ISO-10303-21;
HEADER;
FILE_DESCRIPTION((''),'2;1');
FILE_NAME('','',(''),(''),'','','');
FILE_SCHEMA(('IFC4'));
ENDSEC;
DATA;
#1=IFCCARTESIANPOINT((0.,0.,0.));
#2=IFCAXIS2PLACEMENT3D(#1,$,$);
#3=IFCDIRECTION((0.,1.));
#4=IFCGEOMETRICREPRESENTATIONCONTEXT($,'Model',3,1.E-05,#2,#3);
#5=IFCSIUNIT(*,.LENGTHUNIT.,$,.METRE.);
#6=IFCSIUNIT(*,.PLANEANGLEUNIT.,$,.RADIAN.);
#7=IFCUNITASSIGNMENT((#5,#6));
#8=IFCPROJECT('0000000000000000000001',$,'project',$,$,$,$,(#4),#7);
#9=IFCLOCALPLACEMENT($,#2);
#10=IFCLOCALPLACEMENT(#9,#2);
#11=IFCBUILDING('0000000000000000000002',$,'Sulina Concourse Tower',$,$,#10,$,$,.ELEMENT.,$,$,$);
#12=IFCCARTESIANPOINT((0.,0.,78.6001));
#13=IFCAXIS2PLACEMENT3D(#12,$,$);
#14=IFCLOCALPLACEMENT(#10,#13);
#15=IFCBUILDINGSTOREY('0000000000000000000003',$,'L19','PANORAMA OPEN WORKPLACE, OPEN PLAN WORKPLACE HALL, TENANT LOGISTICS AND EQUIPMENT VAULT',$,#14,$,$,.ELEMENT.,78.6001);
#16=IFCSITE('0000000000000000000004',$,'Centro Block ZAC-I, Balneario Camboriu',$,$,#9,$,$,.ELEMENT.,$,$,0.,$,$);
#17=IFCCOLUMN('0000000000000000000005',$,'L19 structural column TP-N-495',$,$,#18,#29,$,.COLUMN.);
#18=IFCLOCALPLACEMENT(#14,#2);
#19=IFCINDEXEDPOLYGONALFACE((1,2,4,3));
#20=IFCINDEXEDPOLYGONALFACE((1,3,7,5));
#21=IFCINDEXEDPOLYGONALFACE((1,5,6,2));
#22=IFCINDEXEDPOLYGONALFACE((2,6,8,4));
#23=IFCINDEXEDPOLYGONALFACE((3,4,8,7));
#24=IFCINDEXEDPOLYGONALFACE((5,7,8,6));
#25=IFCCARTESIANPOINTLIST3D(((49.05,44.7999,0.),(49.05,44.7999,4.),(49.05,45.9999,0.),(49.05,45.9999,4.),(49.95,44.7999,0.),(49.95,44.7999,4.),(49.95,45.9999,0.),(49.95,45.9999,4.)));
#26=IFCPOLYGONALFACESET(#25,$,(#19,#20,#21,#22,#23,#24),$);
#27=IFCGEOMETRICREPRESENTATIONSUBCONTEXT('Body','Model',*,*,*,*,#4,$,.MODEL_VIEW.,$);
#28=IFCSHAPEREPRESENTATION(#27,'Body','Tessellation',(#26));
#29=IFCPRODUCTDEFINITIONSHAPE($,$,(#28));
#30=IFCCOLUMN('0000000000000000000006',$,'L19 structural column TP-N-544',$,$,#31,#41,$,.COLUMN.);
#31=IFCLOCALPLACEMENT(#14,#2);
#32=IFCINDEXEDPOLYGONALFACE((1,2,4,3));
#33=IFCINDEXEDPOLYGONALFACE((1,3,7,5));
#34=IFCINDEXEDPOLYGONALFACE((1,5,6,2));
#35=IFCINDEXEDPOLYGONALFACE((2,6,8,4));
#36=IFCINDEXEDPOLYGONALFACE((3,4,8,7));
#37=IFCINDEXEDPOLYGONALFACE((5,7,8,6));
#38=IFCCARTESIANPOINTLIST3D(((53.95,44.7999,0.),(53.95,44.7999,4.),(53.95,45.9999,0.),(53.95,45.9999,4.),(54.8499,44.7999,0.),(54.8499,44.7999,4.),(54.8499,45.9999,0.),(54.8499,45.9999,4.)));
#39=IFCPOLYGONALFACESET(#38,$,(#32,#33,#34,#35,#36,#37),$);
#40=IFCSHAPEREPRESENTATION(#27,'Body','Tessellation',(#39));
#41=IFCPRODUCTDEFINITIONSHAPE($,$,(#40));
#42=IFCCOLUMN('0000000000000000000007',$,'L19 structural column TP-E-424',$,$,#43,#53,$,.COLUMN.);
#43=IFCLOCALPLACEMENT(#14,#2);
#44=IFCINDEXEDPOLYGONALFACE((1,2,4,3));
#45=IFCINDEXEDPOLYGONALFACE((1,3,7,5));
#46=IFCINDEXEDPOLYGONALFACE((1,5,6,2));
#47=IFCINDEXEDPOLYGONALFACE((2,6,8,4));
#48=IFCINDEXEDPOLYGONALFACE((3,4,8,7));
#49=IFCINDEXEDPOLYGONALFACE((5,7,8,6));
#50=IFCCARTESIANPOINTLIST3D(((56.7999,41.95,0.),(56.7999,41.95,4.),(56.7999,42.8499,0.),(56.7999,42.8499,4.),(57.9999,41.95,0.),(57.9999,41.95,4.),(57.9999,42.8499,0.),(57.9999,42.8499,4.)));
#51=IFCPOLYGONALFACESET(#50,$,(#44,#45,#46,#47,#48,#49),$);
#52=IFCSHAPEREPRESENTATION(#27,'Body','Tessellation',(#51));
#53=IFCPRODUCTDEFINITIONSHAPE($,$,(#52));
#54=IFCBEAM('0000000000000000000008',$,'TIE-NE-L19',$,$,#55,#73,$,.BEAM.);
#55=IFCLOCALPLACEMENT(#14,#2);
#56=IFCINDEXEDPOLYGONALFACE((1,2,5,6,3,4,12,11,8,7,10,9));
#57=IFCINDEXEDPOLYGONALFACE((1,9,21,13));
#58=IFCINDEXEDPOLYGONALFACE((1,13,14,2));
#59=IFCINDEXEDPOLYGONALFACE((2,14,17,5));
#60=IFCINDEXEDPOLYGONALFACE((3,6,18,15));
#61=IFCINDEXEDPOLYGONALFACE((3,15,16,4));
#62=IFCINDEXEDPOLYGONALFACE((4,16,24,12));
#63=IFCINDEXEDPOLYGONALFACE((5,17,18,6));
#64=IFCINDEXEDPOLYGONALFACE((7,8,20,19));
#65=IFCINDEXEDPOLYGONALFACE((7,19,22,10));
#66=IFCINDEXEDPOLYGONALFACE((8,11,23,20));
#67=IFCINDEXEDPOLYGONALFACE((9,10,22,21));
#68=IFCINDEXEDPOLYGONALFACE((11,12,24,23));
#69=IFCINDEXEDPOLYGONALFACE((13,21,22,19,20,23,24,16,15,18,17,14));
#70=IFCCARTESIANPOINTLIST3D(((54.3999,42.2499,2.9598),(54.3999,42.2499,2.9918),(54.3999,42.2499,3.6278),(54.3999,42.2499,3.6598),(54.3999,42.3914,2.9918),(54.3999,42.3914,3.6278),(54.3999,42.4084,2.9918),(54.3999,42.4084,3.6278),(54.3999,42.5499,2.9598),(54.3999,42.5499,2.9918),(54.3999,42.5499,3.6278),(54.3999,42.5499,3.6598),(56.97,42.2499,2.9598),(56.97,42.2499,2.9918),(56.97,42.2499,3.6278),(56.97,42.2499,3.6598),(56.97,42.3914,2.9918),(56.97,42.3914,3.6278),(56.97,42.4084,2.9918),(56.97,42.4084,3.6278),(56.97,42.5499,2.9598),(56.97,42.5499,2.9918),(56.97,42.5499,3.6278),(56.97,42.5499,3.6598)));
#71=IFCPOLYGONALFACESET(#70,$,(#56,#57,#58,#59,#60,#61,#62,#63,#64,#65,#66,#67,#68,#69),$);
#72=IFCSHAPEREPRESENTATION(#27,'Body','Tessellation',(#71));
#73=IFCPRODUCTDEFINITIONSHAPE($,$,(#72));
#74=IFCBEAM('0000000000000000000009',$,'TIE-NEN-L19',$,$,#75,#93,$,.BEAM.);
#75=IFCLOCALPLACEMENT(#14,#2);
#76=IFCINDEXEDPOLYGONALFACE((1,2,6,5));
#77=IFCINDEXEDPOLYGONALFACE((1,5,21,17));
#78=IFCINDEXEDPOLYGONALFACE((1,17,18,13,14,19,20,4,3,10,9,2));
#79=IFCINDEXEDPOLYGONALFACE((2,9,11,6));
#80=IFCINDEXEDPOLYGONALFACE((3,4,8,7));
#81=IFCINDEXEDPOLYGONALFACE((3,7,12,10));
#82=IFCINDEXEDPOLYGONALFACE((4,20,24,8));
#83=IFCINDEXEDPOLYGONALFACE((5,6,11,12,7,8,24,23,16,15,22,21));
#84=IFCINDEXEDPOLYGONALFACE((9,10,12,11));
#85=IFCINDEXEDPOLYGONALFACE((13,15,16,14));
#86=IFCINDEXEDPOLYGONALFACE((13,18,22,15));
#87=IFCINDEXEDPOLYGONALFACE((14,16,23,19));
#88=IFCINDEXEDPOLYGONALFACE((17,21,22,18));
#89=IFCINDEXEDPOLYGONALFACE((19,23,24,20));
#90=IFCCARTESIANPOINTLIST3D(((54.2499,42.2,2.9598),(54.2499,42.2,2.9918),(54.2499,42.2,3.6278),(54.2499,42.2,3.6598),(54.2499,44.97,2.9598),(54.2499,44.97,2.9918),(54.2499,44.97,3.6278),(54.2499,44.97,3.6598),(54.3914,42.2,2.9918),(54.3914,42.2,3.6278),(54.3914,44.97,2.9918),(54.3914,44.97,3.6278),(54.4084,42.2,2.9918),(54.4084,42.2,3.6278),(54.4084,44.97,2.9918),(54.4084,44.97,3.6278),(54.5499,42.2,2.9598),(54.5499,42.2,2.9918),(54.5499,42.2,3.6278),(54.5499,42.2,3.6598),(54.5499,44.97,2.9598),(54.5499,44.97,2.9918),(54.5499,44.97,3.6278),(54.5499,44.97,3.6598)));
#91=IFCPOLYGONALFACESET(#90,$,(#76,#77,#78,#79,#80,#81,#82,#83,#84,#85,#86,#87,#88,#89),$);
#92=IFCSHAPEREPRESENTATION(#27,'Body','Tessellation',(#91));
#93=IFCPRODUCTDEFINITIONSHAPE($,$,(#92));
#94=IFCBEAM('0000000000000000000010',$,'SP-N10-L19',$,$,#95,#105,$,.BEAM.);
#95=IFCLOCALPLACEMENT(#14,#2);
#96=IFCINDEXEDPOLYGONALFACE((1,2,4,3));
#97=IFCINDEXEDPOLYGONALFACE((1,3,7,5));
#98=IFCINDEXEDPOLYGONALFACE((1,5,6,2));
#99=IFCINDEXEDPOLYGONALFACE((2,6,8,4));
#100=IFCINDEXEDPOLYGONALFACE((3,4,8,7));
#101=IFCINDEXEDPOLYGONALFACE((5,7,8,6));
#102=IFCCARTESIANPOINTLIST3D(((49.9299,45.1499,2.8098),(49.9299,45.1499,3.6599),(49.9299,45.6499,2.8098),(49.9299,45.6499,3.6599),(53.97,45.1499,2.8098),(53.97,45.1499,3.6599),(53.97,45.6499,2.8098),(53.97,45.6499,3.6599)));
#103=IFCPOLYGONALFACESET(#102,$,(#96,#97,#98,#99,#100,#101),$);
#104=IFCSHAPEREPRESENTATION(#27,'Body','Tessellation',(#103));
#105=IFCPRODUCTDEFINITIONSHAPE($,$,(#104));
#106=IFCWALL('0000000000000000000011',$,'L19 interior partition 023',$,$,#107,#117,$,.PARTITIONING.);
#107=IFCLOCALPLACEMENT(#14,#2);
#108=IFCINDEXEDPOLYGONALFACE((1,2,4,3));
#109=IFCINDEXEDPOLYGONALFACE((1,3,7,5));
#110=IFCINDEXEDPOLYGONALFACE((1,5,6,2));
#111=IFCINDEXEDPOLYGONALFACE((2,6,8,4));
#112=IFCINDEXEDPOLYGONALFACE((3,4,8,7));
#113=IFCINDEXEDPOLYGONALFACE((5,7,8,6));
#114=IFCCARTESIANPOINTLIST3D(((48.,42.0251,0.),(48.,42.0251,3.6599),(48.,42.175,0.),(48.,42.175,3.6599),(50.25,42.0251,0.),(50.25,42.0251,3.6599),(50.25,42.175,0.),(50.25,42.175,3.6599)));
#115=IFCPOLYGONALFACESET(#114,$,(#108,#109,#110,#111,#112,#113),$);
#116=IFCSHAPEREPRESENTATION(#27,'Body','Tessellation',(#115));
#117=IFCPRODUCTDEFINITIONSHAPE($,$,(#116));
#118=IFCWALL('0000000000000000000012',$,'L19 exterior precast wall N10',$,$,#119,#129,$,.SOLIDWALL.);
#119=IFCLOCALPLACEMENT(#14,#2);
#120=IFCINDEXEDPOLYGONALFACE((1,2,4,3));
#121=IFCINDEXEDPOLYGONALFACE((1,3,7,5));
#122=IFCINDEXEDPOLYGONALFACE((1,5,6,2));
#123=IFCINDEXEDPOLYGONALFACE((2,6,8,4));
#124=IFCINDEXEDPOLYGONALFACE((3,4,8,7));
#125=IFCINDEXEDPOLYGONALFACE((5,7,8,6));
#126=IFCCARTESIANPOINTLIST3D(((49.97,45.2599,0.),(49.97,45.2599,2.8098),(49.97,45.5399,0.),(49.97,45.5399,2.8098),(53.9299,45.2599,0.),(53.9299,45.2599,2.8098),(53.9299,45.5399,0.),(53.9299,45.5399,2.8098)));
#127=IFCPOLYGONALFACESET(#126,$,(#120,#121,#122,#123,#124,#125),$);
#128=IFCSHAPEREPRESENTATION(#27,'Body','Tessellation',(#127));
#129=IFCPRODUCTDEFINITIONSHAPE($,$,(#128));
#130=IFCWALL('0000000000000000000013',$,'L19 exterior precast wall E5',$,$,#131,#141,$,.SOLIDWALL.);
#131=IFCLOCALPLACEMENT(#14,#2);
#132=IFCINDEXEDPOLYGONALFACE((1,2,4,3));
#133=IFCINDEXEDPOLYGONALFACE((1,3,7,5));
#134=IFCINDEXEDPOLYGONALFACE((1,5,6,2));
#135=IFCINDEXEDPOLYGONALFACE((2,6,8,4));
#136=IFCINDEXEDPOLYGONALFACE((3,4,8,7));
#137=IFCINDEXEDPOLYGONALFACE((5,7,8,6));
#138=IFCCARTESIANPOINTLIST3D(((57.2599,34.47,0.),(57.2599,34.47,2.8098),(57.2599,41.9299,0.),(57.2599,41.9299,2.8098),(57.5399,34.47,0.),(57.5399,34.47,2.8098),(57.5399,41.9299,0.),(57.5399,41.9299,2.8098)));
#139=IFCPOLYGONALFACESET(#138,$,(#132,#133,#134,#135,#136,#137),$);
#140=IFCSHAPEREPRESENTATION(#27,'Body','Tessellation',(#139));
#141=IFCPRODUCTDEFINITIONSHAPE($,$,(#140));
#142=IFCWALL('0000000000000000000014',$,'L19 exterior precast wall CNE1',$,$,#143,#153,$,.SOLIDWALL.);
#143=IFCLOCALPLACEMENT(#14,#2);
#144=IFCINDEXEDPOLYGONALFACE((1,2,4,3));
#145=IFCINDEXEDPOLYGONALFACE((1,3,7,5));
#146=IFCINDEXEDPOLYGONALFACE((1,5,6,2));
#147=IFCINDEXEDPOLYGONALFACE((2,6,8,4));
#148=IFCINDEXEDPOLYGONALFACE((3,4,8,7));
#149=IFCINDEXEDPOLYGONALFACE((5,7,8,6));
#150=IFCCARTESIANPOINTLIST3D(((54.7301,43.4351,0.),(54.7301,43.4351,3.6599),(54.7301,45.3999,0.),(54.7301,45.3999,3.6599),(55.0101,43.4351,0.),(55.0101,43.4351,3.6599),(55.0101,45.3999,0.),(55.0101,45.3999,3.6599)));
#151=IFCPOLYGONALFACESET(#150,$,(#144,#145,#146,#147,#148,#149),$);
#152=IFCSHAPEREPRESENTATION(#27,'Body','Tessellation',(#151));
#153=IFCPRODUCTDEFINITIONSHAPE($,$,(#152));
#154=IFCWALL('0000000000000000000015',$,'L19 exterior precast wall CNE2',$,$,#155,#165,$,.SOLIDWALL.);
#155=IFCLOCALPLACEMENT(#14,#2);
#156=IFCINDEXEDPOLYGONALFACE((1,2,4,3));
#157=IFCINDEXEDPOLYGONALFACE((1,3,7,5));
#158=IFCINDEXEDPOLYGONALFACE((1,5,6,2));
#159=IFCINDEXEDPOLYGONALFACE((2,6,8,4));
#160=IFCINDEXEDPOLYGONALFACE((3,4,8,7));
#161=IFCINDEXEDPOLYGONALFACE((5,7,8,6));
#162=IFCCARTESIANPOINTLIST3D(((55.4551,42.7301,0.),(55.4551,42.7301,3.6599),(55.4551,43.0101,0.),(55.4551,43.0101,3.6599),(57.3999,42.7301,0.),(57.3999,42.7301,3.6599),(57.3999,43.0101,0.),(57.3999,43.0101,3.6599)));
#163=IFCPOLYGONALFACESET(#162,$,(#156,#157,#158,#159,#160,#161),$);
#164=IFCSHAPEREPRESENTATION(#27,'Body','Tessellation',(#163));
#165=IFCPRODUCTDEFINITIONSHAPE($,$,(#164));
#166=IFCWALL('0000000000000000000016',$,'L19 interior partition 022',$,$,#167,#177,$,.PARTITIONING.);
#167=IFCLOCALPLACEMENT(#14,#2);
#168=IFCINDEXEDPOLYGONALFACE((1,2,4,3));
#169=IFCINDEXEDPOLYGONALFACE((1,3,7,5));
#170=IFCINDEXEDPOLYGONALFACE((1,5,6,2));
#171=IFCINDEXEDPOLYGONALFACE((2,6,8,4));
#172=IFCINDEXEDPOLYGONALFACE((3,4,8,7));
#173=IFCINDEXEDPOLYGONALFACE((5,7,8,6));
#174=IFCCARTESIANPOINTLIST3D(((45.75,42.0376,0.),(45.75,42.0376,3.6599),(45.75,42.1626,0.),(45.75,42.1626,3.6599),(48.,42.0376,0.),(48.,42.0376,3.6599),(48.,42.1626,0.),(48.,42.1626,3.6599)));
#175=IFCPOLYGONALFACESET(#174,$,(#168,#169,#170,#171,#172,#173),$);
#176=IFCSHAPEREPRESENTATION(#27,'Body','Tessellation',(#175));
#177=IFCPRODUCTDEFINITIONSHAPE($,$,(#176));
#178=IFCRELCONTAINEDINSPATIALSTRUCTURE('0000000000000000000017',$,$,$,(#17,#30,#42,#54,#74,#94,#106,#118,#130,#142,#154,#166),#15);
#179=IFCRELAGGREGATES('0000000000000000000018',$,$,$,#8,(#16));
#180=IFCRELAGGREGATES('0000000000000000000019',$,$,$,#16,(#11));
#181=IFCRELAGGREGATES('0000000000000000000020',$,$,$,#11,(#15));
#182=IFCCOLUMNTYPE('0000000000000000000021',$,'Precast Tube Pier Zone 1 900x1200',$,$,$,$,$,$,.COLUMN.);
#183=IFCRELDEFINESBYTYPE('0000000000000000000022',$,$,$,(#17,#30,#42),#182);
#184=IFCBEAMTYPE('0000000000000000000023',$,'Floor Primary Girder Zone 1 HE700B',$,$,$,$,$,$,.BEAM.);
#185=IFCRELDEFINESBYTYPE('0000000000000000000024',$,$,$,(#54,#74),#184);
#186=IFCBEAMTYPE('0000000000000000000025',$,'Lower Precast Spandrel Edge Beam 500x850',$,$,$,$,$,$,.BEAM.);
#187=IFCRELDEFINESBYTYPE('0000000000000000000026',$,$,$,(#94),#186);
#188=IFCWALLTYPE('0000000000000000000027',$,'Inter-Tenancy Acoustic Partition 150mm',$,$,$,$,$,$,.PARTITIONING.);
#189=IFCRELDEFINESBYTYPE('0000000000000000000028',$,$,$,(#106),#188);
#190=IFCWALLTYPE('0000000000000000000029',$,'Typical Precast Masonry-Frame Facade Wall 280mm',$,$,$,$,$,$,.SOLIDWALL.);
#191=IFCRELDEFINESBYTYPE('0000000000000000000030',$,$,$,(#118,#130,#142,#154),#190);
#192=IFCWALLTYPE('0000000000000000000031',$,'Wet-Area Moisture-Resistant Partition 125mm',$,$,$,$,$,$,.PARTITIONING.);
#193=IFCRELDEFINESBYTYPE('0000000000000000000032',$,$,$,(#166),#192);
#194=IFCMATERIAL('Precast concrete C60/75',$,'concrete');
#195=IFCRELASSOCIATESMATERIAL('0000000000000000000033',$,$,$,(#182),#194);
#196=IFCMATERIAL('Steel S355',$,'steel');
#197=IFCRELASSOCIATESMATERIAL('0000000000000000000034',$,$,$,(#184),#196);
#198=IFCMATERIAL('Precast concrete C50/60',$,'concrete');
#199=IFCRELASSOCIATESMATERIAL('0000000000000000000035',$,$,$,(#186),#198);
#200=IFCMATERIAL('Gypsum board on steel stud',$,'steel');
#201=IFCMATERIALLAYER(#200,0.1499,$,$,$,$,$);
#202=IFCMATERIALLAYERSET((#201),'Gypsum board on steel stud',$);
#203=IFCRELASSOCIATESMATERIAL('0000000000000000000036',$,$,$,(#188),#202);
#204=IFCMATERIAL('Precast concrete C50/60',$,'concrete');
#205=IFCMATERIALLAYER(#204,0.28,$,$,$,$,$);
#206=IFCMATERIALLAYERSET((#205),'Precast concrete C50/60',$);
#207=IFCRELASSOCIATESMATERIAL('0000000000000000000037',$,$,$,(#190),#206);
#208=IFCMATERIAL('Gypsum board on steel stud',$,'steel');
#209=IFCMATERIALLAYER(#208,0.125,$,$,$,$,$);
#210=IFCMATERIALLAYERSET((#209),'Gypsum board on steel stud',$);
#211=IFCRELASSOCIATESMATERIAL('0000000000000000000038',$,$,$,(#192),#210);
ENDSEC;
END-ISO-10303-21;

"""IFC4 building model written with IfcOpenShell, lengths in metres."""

from ifc_helpers import new_model, si_unit, direction, frame, frame_2d, origin, origin_2d, place, context, subcontext, project, spatial, rectangle, i_section, extrude, material, layer, layer_set, material_profile, profile_set, type_object, element, save


model = new_model("IFC4")

# Units and contexts
model_context = context("Model", 3, precision=1e-05, world=origin(), true_north=direction((0.0, 1.0)))
body_context = subcontext(model_context, "Body", "Model", "MODEL_VIEW")
ifc_project = project(units=[si_unit("LENGTHUNIT", "METRE"), si_unit("PLANEANGLEUNIT", "RADIAN")], contexts=[model_context])

# Site, building, storey
site_placement = place(None, origin())
site = spatial("IfcSite", under=ifc_project, at=site_placement, Name="Centro Block ZAC-I, Balneario Camboriu", CompositionType="ELEMENT", RefElevation=0.0)
building_placement = place(site_placement, origin())
building = spatial("IfcBuilding", under=site, at=building_placement, Name="Sulina Concourse Tower", CompositionType="ELEMENT")
storey_placement = place(building_placement, frame((0.0, 0.0, 78.6001)))
storey = spatial("IfcBuildingStorey", under=building, at=storey_placement, Name="L19", Description="PANORAMA OPEN WORKPLACE, OPEN PLAN WORKPLACE HALL, TENANT LOGISTICS AND EQUIPMENT VAULT", CompositionType="ELEMENT", Elevation=78.6001)

# Columns
ifc_material_1 = material(Name="Precast concrete C60/75", Category="concrete")
ifc_material_profile_1 = material_profile(ifc_material_1, rectangle(XDim=0.8999, YDim=1.2, at=origin_2d()), Name="PC 900x1200")
ifc_profile_set_1 = profile_set([ifc_material_profile_1], Name="Precast concrete C60/75")
column_type = type_object("IfcColumnType", Name="Precast Tube Pier Zone 1 900x1200", PredefinedType="COLUMN", material=ifc_profile_set_1)
for number, where, z_axis, x_axis, name in (
    (1, (49.5, 45.3999, 0.0), (0.0, 0.0, 1.0), (1.0, 0.0, 0.0), "L19 structural column TP-N-495"),
    (2, (54.3999, 45.3999, 0.0), (0.0, 0.0, 1.0), (1.0, 0.0, 0.0), "L19 structural column TP-N-544"),
    (3, (57.3999, 42.3999, 0.0), (0.0, 0.0, 1.0), (0.0, 1.0, 0.0), "L19 structural column TP-E-424"),
):
    element("IfcColumn", number, at=place(storey_placement, frame(where, z_axis=z_axis, x_axis=x_axis)), inside=storey, type_object=column_type, Name=name, PredefinedType="COLUMN", context=body_context, shape_type="SweptSolid", body=[
        extrude(rectangle(XDim=0.8999, YDim=1.2, at=origin_2d()), origin(), (0.0, 0.0, 1.0), 4.0),
    ])

# Beams
ifc_material_2 = material(Name="Steel S355", Category="steel")
ifc_material_profile_2 = material_profile(ifc_material_2, i_section(OverallWidth=0.3, OverallDepth=0.7, WebThickness=0.0171, FlangeThickness=0.032, at=origin_2d()), Name="HE 700 B")
ifc_profile_set_2 = profile_set([ifc_material_profile_2], Name="Steel S355")
beam_type_1 = type_object("IfcBeamType", Name="Floor Primary Girder Zone 1 HE700B", PredefinedType="BEAM", material=ifc_profile_set_2)
beam_1_placement = place(storey_placement, frame((54.3999, 42.3999, 3.3098), z_axis=(1.0, 0.0, 0.0), x_axis=(0.0, 1.0, 0.0)))
element("IfcBeam", 4, at=beam_1_placement, inside=storey, type_object=beam_type_1, Name="TIE-NE-L19", PredefinedType="BEAM", context=body_context, shape_type="SweptSolid", body=[
    extrude(i_section(OverallWidth=0.3, OverallDepth=0.7, WebThickness=0.0171, FlangeThickness=0.032, at=origin_2d()), origin(), (0.0, 0.0, 1.0), 2.5701),
])
beam_2_placement = place(storey_placement, frame((54.3999, 42.2, 3.3098), z_axis=(0.0, 1.0, 0.0), x_axis=(-1.0, 0.0, 0.0)))
element("IfcBeam", 5, at=beam_2_placement, inside=storey, type_object=beam_type_1, Name="TIE-NEN-L19", PredefinedType="BEAM", context=body_context, shape_type="SweptSolid", body=[
    extrude(i_section(OverallWidth=0.3, OverallDepth=0.7, WebThickness=0.0171, FlangeThickness=0.032, at=origin_2d()), origin(), (0.0, 0.0, 1.0), 2.77),
])
ifc_material_3 = material(Name="Precast concrete C50/60", Category="concrete")
ifc_material_profile_3 = material_profile(ifc_material_3, rectangle(XDim=0.5, YDim=0.8501, at=origin_2d()), Name="RC 500x850")
ifc_profile_set_3 = profile_set([ifc_material_profile_3], Name="Precast concrete C50/60")
beam_type_2 = type_object("IfcBeamType", Name="Lower Precast Spandrel Edge Beam 500x850", PredefinedType="BEAM", material=ifc_profile_set_3)
beam_3_placement = place(storey_placement, frame((49.9299, 45.3999, 3.2349), z_axis=(1.0, 0.0, 0.0), x_axis=(0.0, 1.0, 0.0)))
element("IfcBeam", 6, at=beam_3_placement, inside=storey, type_object=beam_type_2, Name="SP-N10-L19", PredefinedType="BEAM", context=body_context, shape_type="SweptSolid", body=[
    extrude(rectangle(XDim=0.5, YDim=0.8501, at=origin_2d()), origin(), (0.0, 0.0, 1.0), 4.04),
])

# Walls
ifc_material_4 = material(Name="Gypsum board on steel stud", Category="steel")
ifc_layer_1 = layer(ifc_material_4, 0.1499)
ifc_layer_set_1 = layer_set([ifc_layer_1], Name="Gypsum board on steel stud")
wall_type_1 = type_object("IfcWallType", Name="Inter-Tenancy Acoustic Partition 150mm", PredefinedType="PARTITIONING", material=ifc_layer_set_1)
wall_1_placement = place(storey_placement, frame((48.0, 42.1001, 0.0), z_axis=(0.0, 0.0, 1.0), x_axis=(1.0, 0.0, 0.0)))
element("IfcWall", 7, at=wall_1_placement, inside=storey, type_object=wall_type_1, Name="L19 interior partition 023", PredefinedType="PARTITIONING", context=body_context, shape_type="SweptSolid", body=[
    extrude(rectangle(XDim=2.25, YDim=0.1499, at=frame_2d((1.125, 0.0))), origin(), (0.0, 0.0, 1.0), 3.6599),
])
ifc_material_5 = material(Name="Precast concrete C50/60", Category="concrete")
ifc_layer_2 = layer(ifc_material_5, 0.28)
ifc_layer_set_2 = layer_set([ifc_layer_2], Name="Precast concrete C50/60")
wall_type_2 = type_object("IfcWallType", Name="Typical Precast Masonry-Frame Facade Wall 280mm", PredefinedType="SOLIDWALL", material=ifc_layer_set_2)
wall_2_placement = place(storey_placement, frame((49.97, 45.3999, 0.0), z_axis=(0.0, 0.0, 1.0), x_axis=(1.0, 0.0, 0.0)))
element("IfcWall", 8, at=wall_2_placement, inside=storey, type_object=wall_type_2, Name="L19 exterior precast wall N10", PredefinedType="SOLIDWALL", context=body_context, shape_type="SweptSolid", body=[
    extrude(rectangle(XDim=3.96, YDim=0.28, at=frame_2d((1.98, 0.0))), origin(), (0.0, 0.0, 1.0), 2.8098),
])
wall_3_placement = place(storey_placement, frame((57.3999, 41.9299, 0.0), z_axis=(0.0, 0.0, 1.0), x_axis=(0.0, -1.0, 0.0)))
element("IfcWall", 9, at=wall_3_placement, inside=storey, type_object=wall_type_2, Name="L19 exterior precast wall E5", PredefinedType="SOLIDWALL", context=body_context, shape_type="SweptSolid", body=[
    extrude(rectangle(XDim=7.46, YDim=0.28, at=frame_2d((3.73, 0.0))), origin(), (0.0, 0.0, 1.0), 2.8098),
])
wall_4_placement = place(storey_placement, frame((54.8701, 45.3999, 0.0), z_axis=(0.0, 0.0, 1.0), x_axis=(0.0, -1.0, 0.0)))
element("IfcWall", 10, at=wall_4_placement, inside=storey, type_object=wall_type_2, Name="L19 exterior precast wall CNE1", PredefinedType="SOLIDWALL", context=body_context, shape_type="SweptSolid", body=[
    extrude(rectangle(XDim=1.9648, YDim=0.28, at=frame_2d((0.9824, 0.0))), origin(), (0.0, 0.0, 1.0), 3.6599),
])
wall_5_placement = place(storey_placement, frame((55.4551, 42.8701, 0.0), z_axis=(0.0, 0.0, 1.0), x_axis=(1.0, 0.0, 0.0)))
element("IfcWall", 11, at=wall_5_placement, inside=storey, type_object=wall_type_2, Name="L19 exterior precast wall CNE2", PredefinedType="SOLIDWALL", context=body_context, shape_type="SweptSolid", body=[
    extrude(rectangle(XDim=1.9448, YDim=0.28, at=frame_2d((0.9724, 0.0))), origin(), (0.0, 0.0, 1.0), 3.6599),
])
ifc_material_6 = material(Name="Gypsum board on steel stud", Category="steel")
ifc_layer_3 = layer(ifc_material_6, 0.125)
ifc_layer_set_3 = layer_set([ifc_layer_3], Name="Gypsum board on steel stud")
wall_type_3 = type_object("IfcWallType", Name="Wet-Area Moisture-Resistant Partition 125mm", PredefinedType="PARTITIONING", material=ifc_layer_set_3)
wall_6_placement = place(storey_placement, frame((45.75, 42.1001, 0.0), z_axis=(0.0, 0.0, 1.0), x_axis=(1.0, 0.0, 0.0)))
element("IfcWall", 12, at=wall_6_placement, inside=storey, type_object=wall_type_3, Name="L19 interior partition 022", PredefinedType="PARTITIONING", context=body_context, shape_type="SweptSolid", body=[
    extrude(rectangle(XDim=2.25, YDim=0.125, at=frame_2d((1.125, 0.0))), origin(), (0.0, 0.0, 1.0), 3.6599),
])

save(model, "model.ifc")
